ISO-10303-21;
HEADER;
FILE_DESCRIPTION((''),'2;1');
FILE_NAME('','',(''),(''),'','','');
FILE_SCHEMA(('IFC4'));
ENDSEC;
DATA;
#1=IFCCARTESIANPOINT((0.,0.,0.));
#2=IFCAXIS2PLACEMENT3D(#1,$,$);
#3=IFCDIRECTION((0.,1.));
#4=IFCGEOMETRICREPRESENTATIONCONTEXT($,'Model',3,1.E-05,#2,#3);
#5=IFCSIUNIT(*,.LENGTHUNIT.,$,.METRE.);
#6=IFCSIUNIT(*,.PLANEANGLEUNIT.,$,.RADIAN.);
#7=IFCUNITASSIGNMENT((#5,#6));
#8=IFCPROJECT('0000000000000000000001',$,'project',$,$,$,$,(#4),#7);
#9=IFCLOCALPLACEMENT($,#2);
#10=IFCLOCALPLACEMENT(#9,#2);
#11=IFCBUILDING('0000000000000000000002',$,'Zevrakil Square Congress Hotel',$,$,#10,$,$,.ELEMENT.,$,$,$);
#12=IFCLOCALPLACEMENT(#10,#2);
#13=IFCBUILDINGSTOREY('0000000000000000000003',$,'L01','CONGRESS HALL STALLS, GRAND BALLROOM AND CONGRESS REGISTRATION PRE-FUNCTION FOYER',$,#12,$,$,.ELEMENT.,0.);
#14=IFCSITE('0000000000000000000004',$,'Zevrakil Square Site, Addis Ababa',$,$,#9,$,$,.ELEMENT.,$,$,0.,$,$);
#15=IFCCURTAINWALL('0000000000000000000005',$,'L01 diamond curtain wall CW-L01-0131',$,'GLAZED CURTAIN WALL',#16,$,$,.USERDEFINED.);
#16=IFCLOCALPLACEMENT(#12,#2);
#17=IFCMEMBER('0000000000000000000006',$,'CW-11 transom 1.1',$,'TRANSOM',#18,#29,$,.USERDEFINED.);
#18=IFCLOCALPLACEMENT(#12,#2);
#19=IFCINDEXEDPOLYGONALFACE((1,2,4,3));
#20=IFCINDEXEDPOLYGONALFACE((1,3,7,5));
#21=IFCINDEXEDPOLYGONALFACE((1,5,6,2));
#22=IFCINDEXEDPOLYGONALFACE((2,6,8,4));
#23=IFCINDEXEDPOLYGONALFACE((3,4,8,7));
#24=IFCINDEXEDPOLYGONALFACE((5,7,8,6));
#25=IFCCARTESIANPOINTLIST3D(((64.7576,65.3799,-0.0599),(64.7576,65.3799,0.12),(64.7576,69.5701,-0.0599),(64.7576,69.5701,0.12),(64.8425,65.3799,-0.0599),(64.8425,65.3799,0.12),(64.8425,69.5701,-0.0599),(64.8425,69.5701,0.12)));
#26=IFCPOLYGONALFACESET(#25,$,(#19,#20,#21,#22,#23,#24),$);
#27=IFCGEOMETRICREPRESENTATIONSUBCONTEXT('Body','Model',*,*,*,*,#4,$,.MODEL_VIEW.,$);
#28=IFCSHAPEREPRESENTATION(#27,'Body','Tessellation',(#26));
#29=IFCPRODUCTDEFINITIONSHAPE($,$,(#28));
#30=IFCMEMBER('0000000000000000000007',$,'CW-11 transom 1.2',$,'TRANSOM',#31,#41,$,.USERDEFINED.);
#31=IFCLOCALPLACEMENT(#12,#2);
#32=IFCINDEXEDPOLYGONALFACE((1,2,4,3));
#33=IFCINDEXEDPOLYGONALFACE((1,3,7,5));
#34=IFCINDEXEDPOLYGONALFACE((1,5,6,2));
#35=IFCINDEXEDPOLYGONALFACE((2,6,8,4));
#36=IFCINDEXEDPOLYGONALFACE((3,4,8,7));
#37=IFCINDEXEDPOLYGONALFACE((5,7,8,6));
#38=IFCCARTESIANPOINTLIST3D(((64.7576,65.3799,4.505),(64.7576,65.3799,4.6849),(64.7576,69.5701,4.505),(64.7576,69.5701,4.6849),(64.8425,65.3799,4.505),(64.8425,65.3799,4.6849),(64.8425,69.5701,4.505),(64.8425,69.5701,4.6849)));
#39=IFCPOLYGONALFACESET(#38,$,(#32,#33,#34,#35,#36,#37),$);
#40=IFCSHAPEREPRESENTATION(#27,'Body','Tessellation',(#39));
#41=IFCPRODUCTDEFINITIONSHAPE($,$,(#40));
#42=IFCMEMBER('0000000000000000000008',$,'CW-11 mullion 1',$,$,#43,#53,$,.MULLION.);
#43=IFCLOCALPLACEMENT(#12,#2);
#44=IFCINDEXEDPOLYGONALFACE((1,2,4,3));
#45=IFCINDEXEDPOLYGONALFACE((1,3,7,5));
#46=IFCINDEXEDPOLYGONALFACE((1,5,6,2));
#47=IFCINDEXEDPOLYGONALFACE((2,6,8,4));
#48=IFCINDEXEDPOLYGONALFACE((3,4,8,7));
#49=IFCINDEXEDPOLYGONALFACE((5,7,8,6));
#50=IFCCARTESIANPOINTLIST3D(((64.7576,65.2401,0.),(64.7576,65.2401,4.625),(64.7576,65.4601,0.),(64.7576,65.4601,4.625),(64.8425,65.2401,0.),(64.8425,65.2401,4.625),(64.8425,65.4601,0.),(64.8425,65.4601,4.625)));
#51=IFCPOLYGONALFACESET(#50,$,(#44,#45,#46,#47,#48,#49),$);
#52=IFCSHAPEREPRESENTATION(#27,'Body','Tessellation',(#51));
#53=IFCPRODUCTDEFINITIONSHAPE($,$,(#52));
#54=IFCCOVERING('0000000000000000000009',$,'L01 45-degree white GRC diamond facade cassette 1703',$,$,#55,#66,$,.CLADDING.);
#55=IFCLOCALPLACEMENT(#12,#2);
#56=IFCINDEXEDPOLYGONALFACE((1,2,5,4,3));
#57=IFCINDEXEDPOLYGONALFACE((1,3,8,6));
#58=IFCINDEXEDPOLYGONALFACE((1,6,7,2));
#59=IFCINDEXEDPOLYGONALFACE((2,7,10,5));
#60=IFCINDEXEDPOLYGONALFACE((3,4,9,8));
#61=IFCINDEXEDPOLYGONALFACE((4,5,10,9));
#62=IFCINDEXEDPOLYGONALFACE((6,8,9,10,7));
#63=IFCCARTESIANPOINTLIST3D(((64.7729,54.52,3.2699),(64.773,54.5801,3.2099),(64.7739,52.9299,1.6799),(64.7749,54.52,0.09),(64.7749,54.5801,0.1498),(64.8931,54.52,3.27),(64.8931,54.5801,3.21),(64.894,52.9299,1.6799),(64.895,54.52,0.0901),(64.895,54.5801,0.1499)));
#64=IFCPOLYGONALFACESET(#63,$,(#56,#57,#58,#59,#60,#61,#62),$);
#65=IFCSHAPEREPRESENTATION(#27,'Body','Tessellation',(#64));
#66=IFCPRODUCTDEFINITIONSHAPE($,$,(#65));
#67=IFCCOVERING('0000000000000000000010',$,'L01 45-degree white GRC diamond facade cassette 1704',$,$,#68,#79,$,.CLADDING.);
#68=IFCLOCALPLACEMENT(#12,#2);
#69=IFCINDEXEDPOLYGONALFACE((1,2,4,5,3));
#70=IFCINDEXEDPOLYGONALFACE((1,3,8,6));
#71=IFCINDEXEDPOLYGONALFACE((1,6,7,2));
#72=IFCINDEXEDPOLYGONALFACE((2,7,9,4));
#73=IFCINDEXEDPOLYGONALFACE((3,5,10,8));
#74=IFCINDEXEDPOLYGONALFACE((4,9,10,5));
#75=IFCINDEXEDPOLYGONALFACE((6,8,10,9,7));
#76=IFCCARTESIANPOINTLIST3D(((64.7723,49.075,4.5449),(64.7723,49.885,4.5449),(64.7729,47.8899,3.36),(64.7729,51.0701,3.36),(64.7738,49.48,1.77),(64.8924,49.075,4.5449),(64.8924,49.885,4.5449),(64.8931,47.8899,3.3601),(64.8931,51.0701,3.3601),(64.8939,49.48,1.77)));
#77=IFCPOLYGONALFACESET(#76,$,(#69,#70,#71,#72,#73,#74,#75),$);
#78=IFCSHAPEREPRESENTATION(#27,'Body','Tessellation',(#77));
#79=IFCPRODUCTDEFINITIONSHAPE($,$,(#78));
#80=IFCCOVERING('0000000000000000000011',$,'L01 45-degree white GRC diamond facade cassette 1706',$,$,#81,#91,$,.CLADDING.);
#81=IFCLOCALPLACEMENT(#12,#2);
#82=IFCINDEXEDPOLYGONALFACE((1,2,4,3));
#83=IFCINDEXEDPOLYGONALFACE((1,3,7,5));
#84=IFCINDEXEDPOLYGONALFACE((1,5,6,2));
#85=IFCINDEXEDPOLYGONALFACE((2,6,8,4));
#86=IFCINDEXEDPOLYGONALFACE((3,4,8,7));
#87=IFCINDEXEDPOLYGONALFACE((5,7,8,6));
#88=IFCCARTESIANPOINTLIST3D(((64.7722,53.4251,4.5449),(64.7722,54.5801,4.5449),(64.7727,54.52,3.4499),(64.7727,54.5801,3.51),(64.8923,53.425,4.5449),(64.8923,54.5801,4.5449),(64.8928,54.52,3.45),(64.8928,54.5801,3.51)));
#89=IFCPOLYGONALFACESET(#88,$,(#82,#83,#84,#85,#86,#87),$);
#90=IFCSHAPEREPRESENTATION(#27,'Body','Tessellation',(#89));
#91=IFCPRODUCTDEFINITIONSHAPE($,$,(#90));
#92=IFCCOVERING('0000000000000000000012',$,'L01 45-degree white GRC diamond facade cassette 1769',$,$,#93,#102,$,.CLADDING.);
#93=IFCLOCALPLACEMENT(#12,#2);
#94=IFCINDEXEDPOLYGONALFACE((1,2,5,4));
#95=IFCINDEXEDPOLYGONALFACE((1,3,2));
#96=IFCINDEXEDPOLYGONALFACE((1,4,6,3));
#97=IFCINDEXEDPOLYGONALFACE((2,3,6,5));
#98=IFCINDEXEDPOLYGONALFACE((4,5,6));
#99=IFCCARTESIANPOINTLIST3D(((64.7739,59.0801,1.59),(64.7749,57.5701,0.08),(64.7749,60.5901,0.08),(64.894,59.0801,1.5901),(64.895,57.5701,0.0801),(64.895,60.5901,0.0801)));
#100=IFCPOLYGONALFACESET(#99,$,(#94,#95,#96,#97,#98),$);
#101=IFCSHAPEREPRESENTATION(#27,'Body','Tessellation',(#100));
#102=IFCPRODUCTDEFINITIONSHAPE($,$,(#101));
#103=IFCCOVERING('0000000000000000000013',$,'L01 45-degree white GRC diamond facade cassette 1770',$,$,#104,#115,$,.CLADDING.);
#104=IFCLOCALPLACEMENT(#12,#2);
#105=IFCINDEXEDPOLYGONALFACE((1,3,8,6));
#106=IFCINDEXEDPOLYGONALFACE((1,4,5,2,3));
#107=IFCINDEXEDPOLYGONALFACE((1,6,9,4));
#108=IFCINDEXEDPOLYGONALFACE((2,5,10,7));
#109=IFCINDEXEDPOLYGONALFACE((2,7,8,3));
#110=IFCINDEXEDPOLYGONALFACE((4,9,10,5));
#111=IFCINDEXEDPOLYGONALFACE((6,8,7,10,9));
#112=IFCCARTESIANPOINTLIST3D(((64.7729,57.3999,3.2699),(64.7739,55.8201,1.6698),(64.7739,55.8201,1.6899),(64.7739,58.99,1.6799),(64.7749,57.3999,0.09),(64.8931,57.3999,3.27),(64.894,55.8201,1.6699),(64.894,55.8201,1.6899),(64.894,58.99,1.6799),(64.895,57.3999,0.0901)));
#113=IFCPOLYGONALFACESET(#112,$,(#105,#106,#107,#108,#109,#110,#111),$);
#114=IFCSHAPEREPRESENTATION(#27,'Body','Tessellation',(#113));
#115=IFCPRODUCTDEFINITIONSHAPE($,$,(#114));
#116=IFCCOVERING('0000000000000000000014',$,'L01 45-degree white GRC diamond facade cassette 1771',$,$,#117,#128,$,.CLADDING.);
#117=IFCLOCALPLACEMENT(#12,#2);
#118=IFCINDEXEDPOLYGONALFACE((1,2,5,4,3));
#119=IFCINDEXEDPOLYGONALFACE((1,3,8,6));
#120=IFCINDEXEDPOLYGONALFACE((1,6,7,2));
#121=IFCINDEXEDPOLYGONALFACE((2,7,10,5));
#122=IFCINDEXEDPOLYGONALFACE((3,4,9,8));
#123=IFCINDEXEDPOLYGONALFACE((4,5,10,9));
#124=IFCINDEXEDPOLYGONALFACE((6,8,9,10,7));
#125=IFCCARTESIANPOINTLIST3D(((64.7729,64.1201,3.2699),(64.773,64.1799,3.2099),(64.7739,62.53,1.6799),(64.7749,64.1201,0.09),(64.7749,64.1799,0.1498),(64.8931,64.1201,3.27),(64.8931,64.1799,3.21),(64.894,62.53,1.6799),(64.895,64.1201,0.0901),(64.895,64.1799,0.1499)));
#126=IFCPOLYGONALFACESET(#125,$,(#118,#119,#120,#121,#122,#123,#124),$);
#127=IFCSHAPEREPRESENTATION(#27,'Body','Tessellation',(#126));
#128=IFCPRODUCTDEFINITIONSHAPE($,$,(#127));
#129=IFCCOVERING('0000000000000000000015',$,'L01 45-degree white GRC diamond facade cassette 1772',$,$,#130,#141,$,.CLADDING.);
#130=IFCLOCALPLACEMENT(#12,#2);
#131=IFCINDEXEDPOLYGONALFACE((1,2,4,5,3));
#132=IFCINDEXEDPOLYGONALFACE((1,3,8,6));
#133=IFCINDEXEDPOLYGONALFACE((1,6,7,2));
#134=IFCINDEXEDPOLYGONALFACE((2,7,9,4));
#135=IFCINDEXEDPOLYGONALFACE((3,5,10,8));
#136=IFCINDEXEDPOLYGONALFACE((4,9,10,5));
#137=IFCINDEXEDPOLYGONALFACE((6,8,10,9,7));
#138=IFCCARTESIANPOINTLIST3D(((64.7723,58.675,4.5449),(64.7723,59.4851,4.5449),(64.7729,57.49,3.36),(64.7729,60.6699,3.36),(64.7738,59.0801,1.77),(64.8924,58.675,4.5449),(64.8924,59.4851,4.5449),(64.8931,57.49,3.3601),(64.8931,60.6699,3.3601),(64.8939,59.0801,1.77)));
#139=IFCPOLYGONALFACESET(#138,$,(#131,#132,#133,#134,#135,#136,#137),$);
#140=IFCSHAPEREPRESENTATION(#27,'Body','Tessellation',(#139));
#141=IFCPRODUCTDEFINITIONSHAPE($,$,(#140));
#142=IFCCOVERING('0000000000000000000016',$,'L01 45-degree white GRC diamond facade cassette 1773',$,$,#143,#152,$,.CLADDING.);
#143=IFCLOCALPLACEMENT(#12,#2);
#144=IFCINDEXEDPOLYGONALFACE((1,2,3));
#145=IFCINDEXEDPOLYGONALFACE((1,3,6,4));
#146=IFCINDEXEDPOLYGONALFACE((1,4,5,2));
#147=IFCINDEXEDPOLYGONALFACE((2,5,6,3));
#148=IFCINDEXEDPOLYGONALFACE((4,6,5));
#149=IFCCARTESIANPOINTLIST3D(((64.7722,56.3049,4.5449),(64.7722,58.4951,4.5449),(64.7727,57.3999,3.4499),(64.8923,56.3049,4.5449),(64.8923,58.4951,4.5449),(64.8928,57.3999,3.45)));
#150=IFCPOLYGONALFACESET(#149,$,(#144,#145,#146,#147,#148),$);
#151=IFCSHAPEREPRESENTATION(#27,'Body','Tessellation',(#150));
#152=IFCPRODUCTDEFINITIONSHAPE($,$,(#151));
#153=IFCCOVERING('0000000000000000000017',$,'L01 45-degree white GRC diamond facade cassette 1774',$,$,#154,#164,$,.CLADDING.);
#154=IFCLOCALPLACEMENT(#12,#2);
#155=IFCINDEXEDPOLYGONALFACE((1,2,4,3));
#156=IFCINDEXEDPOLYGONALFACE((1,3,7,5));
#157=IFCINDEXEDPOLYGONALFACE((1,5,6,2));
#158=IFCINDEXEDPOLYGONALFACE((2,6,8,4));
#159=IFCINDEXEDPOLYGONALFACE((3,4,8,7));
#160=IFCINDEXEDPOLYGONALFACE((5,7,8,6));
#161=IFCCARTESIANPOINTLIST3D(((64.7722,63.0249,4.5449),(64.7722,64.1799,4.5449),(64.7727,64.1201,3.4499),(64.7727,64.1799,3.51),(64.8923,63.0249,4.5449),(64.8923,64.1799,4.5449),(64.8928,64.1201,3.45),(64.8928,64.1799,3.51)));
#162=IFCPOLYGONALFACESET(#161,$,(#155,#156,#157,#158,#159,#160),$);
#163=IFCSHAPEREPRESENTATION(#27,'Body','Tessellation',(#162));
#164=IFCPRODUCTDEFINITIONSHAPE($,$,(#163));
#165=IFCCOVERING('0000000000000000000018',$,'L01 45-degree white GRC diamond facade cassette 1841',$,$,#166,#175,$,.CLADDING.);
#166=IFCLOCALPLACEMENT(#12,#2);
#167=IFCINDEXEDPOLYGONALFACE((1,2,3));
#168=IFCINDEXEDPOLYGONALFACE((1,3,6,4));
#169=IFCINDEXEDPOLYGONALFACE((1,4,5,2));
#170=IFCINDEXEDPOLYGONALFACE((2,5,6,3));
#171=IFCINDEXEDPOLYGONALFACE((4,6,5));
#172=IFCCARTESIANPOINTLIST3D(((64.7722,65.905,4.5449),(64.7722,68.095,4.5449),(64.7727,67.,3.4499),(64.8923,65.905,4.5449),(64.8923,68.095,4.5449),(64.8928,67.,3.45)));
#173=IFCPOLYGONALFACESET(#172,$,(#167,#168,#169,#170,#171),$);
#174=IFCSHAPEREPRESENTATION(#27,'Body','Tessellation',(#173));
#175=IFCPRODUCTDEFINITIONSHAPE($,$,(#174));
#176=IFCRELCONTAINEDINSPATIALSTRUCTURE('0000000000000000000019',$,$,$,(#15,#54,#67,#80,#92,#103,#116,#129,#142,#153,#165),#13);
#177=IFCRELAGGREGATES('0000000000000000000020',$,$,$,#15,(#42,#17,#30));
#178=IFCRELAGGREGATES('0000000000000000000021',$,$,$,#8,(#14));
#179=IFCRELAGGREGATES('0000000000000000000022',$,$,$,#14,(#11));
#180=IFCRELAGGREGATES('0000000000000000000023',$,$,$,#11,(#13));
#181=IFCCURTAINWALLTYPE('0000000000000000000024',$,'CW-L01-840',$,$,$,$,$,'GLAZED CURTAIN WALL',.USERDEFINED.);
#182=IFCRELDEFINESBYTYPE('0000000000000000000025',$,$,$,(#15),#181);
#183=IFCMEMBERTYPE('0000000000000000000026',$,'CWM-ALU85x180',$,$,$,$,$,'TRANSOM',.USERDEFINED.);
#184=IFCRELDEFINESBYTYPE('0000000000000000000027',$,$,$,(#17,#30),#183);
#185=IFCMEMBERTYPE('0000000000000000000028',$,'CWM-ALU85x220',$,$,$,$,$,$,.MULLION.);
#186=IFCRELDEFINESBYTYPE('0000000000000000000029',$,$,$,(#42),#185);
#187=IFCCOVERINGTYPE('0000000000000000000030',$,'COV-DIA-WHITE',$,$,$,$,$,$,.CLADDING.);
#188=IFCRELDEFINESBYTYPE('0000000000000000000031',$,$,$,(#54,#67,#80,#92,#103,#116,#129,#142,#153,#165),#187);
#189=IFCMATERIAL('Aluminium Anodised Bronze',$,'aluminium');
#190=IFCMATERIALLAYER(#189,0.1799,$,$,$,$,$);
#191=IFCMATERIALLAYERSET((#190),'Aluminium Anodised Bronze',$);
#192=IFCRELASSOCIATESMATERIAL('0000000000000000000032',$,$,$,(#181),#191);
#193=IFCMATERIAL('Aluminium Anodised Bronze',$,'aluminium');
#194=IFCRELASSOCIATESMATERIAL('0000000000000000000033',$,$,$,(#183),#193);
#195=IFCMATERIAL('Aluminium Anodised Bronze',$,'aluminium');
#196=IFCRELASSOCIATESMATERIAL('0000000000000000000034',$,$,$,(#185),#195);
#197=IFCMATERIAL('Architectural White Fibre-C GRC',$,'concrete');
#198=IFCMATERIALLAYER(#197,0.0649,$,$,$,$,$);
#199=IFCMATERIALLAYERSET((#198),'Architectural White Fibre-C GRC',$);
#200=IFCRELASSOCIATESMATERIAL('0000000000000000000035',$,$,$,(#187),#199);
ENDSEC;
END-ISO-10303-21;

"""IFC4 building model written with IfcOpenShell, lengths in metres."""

from ifc_helpers import new_model, si_unit, direction, frame, origin, origin_2d, place, context, subcontext, project, spatial, polyline, rectangle, outline, extrude, material, layer, layer_set, material_profile, profile_set, type_object, element, aggregate, save


model = new_model("IFC4")

# Units and contexts
model_context = context("Model", 3, precision=1e-05, world=origin(), true_north=direction((0.0, 1.0)))
body_context = subcontext(model_context, "Body", "Model", "MODEL_VIEW")
ifc_project = project(units=[si_unit("LENGTHUNIT", "METRE"), si_unit("PLANEANGLEUNIT", "RADIAN")], contexts=[model_context])

# Site, building, storey
site_placement = place(None, origin())
site = spatial("IfcSite", under=ifc_project, at=site_placement, Name="Zevrakil Square Site, Addis Ababa", CompositionType="ELEMENT", RefElevation=0.0)
building_placement = place(site_placement, origin())
building = spatial("IfcBuilding", under=site, at=building_placement, Name="Zevrakil Square Congress Hotel", CompositionType="ELEMENT")
storey_placement = place(building_placement, origin())
storey = spatial("IfcBuildingStorey", under=building, at=storey_placement, Name="L01", Description="CONGRESS HALL STALLS, GRAND BALLROOM AND CONGRESS REGISTRATION PRE-FUNCTION FOYER", CompositionType="ELEMENT", Elevation=0.0)

# Curtain wall, members
ifc_material_1 = material(Name="Aluminium Anodised Bronze", Category="aluminium")
ifc_layer_1 = layer(ifc_material_1, 0.1799)
ifc_layer_set_1 = layer_set([ifc_layer_1], Name="Aluminium Anodised Bronze")
curtain_wall_type = type_object("IfcCurtainWallType", Name="CW-L01-840", ElementType="GLAZED CURTAIN WALL", PredefinedType="USERDEFINED", material=ifc_layer_set_1)
curtain_wall_placement = place(storey_placement, origin())
curtain_wall = element("IfcCurtainWall", 1, at=curtain_wall_placement, inside=storey, type_object=curtain_wall_type, Name="L01 diamond curtain wall CW-L01-0131", ObjectType="GLAZED CURTAIN WALL", PredefinedType="USERDEFINED")
ifc_material_2 = material(Name="Aluminium Anodised Bronze", Category="aluminium")
ifc_material_profile_1 = material_profile(ifc_material_2, rectangle(XDim=0.085, YDim=0.1799, at=origin_2d()), Name="ALU 85x180")
ifc_profile_set_1 = profile_set([ifc_material_profile_1], Name="Aluminium Anodised Bronze")
member_type_1 = type_object("IfcMemberType", Name="CWM-ALU85x180", ElementType="TRANSOM", PredefinedType="USERDEFINED", material=ifc_profile_set_1)
member_1_placement = place(storey_placement, frame((64.8, 65.3799, 0.03), z_axis=(0.0, 1.0, 0.0), x_axis=(-1.0, 0.0, 0.0)))
member_1 = element("IfcMember", 2, at=member_1_placement, type_object=member_type_1, Name="CW-11 transom 1.1", ObjectType="TRANSOM", PredefinedType="USERDEFINED", context=body_context, shape_type="SweptSolid", body=[
    extrude(rectangle(XDim=0.085, YDim=0.1799, at=origin_2d()), origin(), (0.0, 0.0, 1.0), 4.1902),
])
member_2_placement = place(storey_placement, frame((64.8, 65.3799, 4.595), z_axis=(0.0, 1.0, 0.0), x_axis=(-1.0, 0.0, 0.0)))
member_2 = element("IfcMember", 3, at=member_2_placement, type_object=member_type_1, Name="CW-11 transom 1.2", ObjectType="TRANSOM", PredefinedType="USERDEFINED", context=body_context, shape_type="SweptSolid", body=[
    extrude(rectangle(XDim=0.085, YDim=0.1799, at=origin_2d()), origin(), (0.0, 0.0, 1.0), 4.1902),
])
ifc_material_3 = material(Name="Aluminium Anodised Bronze", Category="aluminium")
ifc_material_profile_2 = material_profile(ifc_material_3, rectangle(XDim=0.085, YDim=0.22, at=origin_2d()), Name="ALU 85x220")
ifc_profile_set_2 = profile_set([ifc_material_profile_2], Name="Aluminium Anodised Bronze")
member_type_2 = type_object("IfcMemberType", Name="CWM-ALU85x220", PredefinedType="MULLION", material=ifc_profile_set_2)
member_3_placement = place(storey_placement, frame((64.8, 65.3501, 0.0), z_axis=(0.0, 0.0, 1.0), x_axis=(-1.0, 0.0, 0.0)))
member_3 = element("IfcMember", 4, at=member_3_placement, type_object=member_type_2, Name="CW-11 mullion 1", PredefinedType="MULLION", context=body_context, shape_type="SweptSolid", body=[
    extrude(rectangle(XDim=0.085, YDim=0.22, at=origin_2d()), origin(), (0.0, 0.0, 1.0), 4.625),
])
aggregate(curtain_wall, [member_3, member_1, member_2])

# Coverings
ifc_material_4 = material(Name="Architectural White Fibre-C GRC", Category="concrete")
ifc_layer_2 = layer(ifc_material_4, 0.0649)
ifc_layer_set_2 = layer_set([ifc_layer_2], Name="Architectural White Fibre-C GRC")
covering_type_1 = type_object("IfcCoveringType", Name="COV-DIA-WHITE", PredefinedType="CLADDING", material=ifc_layer_set_2)
covering_1_placement = place(storey_placement, frame((64.895, 54.52, 0.0901), z_axis=(1.0, 0.0, 0.000615), x_axis=(-0.000435, -0.707161, 0.707052)))
element("IfcCovering", 5, at=covering_1_placement, inside=storey, type_object=covering_type_1, Name="L01 45-degree white GRC diamond facade cassette 1703", PredefinedType="CLADDING", context=body_context, shape_type="SweptSolid", body=[
    extrude(outline(polyline([(0.0, 0.0), (2.2486, 0.0), (2.2484, -2.2487), (2.1634, -2.2487), (-0.0002, -0.0848), (0.0, 0.0)])), origin(), (0.0, 0.0, -1.0), 0.1201),
])
covering_2_placement = place(storey_placement, frame((64.8931, 51.0701, 3.3601), z_axis=(1.0, 0.0, 0.000537), x_axis=(0.00038, -0.707107, -0.707107)))
element("IfcCovering", 6, at=covering_2_placement, inside=storey, type_object=covering_type_1, Name="L01 45-degree white GRC diamond facade cassette 1704", PredefinedType="CLADDING", context=body_context, shape_type="SweptSolid", body=[
    extrude(outline(polyline([(0.0, 0.0), (2.2487, 0.0), (2.2487, -2.2487), (0.573, -2.2486), (0.0002, -1.6758), (0.0, 0.0)])), origin(), (0.0, 0.0, -1.0), 0.1201),
])
covering_3_placement = place(storey_placement, frame((64.8928, 54.52, 3.45), z_axis=(1.0, -0.000022, 0.000447), x_axis=(-0.000332, -0.707107, 0.707107)))
element("IfcCovering", 7, at=covering_3_placement, inside=storey, type_object=covering_type_1, Name="L01 45-degree white GRC diamond facade cassette 1706", PredefinedType="CLADDING", context=body_context, shape_type="SweptSolid", body=[
    extrude(outline(polyline([(0.0, 0.0), (1.5485, 0.0), (0.7318, -0.8167), (0.0, -0.0849), (0.0, 0.0)])), origin(), (0.0, 0.0, -1.0), 0.1201),
])
covering_4_placement = place(storey_placement, frame((64.894, 59.0801, 1.5901), z_axis=(1.0, 0.0, 0.000647), x_axis=(0.000457, 0.707107, -0.707107)))
element("IfcCovering", 8, at=covering_4_placement, inside=storey, type_object=covering_type_1, Name="L01 45-degree white GRC diamond facade cassette 1769", PredefinedType="CLADDING", context=body_context, shape_type="SweptSolid", body=[
    extrude(outline(polyline([(0.0, 0.0), (2.1355, 0.0), (0.0, -2.1355), (0.0, 0.0)])), origin(), (0.0, 0.0, -1.0), 0.1201),
])
covering_5_placement = place(storey_placement, frame((64.8931, 57.3999, 3.27), z_axis=(1.0, 0.0, 0.000612), x_axis=(0.000433, 0.707107, -0.707107)))
element("IfcCovering", 9, at=covering_5_placement, inside=storey, type_object=covering_type_1, Name="L01 45-degree white GRC diamond facade cassette 1770", PredefinedType="CLADDING", context=body_context, shape_type="SweptSolid", body=[
    extrude(outline(polyline([(0.0, 0.0), (2.2487, 0.0), (2.2486, -2.2486), (0.0143, -2.2486), (0.0002, -2.2344), (0.0, 0.0)])), origin(), (0.0, 0.0, -1.0), 0.1201),
])
covering_6_placement = place(storey_placement, frame((64.895, 64.1201, 0.0901), z_axis=(1.0, 0.0, 0.000615), x_axis=(-0.000435, -0.707161, 0.707052)))
element("IfcCovering", 10, at=covering_6_placement, inside=storey, type_object=covering_type_1, Name="L01 45-degree white GRC diamond facade cassette 1771", PredefinedType="CLADDING", context=body_context, shape_type="SweptSolid", body=[
    extrude(outline(polyline([(0.0, 0.0), (2.2486, 0.0), (2.2484, -2.2487), (2.1636, -2.2485), (0.0, -0.0846), (0.0, 0.0)])), origin(), (0.0, 0.0, -1.0), 0.1201),
])
covering_7_placement = place(storey_placement, frame((64.8931, 60.6699, 3.3601), z_axis=(1.0, 0.0, 0.000537), x_axis=(0.00038, -0.707052, -0.707161)))
element("IfcCovering", 11, at=covering_7_placement, inside=storey, type_object=covering_type_1, Name="L01 45-degree white GRC diamond facade cassette 1772", PredefinedType="CLADDING", context=body_context, shape_type="SweptSolid", body=[
    extrude(outline(polyline([(0.0, 0.0), (2.2486, 0.0), (2.2484, -2.2487), (0.5726, -2.2484), (-0.0001, -1.6756), (0.0, 0.0)])), origin(), (0.0, 0.0, -1.0), 0.1201),
])
covering_8_placement = place(storey_placement, frame((64.8928, 57.3999, 3.45), z_axis=(1.0, 0.0, 0.000446), x_axis=(-0.000315, -0.707107, 0.707107)))
element("IfcCovering", 12, at=covering_8_placement, inside=storey, type_object=covering_type_1, Name="L01 45-degree white GRC diamond facade cassette 1773", PredefinedType="CLADDING", context=body_context, shape_type="SweptSolid", body=[
    extrude(outline(polyline([(0.0, 0.0), (1.5485, 0.0), (-0.0002, -1.5487), (0.0, 0.0)])), origin(), (0.0, 0.0, -1.0), 0.1201),
])
covering_9_placement = place(storey_placement, frame((64.8928, 64.1201, 3.45), z_axis=(1.0, -0.000022, 0.000447), x_axis=(-0.000332, -0.707186, 0.707028)))
element("IfcCovering", 13, at=covering_9_placement, inside=storey, type_object=covering_type_1, Name="L01 45-degree white GRC diamond facade cassette 1774", PredefinedType="CLADDING", context=body_context, shape_type="SweptSolid", body=[
    extrude(outline(polyline([(0.0, 0.0), (1.5487, 0.0), (0.7319, -0.8166), (0.0002, -0.0848), (0.0, 0.0)])), origin(), (0.0, 0.0, -1.0), 0.1201),
])
covering_10_placement = place(storey_placement, frame((64.8928, 67.0, 3.45), z_axis=(1.0, 0.0, 0.000446), x_axis=(-0.000315, -0.707107, 0.707107)))
element("IfcCovering", 14, at=covering_10_placement, inside=storey, type_object=covering_type_1, Name="L01 45-degree white GRC diamond facade cassette 1841", PredefinedType="CLADDING", context=body_context, shape_type="SweptSolid", body=[
    extrude(outline(polyline([(0.0, 0.0), (1.5485, 0.0), (0.0, -1.5485), (0.0, 0.0)])), origin(), (0.0, 0.0, -1.0), 0.1201),
])

save(model, "model.ifc")
